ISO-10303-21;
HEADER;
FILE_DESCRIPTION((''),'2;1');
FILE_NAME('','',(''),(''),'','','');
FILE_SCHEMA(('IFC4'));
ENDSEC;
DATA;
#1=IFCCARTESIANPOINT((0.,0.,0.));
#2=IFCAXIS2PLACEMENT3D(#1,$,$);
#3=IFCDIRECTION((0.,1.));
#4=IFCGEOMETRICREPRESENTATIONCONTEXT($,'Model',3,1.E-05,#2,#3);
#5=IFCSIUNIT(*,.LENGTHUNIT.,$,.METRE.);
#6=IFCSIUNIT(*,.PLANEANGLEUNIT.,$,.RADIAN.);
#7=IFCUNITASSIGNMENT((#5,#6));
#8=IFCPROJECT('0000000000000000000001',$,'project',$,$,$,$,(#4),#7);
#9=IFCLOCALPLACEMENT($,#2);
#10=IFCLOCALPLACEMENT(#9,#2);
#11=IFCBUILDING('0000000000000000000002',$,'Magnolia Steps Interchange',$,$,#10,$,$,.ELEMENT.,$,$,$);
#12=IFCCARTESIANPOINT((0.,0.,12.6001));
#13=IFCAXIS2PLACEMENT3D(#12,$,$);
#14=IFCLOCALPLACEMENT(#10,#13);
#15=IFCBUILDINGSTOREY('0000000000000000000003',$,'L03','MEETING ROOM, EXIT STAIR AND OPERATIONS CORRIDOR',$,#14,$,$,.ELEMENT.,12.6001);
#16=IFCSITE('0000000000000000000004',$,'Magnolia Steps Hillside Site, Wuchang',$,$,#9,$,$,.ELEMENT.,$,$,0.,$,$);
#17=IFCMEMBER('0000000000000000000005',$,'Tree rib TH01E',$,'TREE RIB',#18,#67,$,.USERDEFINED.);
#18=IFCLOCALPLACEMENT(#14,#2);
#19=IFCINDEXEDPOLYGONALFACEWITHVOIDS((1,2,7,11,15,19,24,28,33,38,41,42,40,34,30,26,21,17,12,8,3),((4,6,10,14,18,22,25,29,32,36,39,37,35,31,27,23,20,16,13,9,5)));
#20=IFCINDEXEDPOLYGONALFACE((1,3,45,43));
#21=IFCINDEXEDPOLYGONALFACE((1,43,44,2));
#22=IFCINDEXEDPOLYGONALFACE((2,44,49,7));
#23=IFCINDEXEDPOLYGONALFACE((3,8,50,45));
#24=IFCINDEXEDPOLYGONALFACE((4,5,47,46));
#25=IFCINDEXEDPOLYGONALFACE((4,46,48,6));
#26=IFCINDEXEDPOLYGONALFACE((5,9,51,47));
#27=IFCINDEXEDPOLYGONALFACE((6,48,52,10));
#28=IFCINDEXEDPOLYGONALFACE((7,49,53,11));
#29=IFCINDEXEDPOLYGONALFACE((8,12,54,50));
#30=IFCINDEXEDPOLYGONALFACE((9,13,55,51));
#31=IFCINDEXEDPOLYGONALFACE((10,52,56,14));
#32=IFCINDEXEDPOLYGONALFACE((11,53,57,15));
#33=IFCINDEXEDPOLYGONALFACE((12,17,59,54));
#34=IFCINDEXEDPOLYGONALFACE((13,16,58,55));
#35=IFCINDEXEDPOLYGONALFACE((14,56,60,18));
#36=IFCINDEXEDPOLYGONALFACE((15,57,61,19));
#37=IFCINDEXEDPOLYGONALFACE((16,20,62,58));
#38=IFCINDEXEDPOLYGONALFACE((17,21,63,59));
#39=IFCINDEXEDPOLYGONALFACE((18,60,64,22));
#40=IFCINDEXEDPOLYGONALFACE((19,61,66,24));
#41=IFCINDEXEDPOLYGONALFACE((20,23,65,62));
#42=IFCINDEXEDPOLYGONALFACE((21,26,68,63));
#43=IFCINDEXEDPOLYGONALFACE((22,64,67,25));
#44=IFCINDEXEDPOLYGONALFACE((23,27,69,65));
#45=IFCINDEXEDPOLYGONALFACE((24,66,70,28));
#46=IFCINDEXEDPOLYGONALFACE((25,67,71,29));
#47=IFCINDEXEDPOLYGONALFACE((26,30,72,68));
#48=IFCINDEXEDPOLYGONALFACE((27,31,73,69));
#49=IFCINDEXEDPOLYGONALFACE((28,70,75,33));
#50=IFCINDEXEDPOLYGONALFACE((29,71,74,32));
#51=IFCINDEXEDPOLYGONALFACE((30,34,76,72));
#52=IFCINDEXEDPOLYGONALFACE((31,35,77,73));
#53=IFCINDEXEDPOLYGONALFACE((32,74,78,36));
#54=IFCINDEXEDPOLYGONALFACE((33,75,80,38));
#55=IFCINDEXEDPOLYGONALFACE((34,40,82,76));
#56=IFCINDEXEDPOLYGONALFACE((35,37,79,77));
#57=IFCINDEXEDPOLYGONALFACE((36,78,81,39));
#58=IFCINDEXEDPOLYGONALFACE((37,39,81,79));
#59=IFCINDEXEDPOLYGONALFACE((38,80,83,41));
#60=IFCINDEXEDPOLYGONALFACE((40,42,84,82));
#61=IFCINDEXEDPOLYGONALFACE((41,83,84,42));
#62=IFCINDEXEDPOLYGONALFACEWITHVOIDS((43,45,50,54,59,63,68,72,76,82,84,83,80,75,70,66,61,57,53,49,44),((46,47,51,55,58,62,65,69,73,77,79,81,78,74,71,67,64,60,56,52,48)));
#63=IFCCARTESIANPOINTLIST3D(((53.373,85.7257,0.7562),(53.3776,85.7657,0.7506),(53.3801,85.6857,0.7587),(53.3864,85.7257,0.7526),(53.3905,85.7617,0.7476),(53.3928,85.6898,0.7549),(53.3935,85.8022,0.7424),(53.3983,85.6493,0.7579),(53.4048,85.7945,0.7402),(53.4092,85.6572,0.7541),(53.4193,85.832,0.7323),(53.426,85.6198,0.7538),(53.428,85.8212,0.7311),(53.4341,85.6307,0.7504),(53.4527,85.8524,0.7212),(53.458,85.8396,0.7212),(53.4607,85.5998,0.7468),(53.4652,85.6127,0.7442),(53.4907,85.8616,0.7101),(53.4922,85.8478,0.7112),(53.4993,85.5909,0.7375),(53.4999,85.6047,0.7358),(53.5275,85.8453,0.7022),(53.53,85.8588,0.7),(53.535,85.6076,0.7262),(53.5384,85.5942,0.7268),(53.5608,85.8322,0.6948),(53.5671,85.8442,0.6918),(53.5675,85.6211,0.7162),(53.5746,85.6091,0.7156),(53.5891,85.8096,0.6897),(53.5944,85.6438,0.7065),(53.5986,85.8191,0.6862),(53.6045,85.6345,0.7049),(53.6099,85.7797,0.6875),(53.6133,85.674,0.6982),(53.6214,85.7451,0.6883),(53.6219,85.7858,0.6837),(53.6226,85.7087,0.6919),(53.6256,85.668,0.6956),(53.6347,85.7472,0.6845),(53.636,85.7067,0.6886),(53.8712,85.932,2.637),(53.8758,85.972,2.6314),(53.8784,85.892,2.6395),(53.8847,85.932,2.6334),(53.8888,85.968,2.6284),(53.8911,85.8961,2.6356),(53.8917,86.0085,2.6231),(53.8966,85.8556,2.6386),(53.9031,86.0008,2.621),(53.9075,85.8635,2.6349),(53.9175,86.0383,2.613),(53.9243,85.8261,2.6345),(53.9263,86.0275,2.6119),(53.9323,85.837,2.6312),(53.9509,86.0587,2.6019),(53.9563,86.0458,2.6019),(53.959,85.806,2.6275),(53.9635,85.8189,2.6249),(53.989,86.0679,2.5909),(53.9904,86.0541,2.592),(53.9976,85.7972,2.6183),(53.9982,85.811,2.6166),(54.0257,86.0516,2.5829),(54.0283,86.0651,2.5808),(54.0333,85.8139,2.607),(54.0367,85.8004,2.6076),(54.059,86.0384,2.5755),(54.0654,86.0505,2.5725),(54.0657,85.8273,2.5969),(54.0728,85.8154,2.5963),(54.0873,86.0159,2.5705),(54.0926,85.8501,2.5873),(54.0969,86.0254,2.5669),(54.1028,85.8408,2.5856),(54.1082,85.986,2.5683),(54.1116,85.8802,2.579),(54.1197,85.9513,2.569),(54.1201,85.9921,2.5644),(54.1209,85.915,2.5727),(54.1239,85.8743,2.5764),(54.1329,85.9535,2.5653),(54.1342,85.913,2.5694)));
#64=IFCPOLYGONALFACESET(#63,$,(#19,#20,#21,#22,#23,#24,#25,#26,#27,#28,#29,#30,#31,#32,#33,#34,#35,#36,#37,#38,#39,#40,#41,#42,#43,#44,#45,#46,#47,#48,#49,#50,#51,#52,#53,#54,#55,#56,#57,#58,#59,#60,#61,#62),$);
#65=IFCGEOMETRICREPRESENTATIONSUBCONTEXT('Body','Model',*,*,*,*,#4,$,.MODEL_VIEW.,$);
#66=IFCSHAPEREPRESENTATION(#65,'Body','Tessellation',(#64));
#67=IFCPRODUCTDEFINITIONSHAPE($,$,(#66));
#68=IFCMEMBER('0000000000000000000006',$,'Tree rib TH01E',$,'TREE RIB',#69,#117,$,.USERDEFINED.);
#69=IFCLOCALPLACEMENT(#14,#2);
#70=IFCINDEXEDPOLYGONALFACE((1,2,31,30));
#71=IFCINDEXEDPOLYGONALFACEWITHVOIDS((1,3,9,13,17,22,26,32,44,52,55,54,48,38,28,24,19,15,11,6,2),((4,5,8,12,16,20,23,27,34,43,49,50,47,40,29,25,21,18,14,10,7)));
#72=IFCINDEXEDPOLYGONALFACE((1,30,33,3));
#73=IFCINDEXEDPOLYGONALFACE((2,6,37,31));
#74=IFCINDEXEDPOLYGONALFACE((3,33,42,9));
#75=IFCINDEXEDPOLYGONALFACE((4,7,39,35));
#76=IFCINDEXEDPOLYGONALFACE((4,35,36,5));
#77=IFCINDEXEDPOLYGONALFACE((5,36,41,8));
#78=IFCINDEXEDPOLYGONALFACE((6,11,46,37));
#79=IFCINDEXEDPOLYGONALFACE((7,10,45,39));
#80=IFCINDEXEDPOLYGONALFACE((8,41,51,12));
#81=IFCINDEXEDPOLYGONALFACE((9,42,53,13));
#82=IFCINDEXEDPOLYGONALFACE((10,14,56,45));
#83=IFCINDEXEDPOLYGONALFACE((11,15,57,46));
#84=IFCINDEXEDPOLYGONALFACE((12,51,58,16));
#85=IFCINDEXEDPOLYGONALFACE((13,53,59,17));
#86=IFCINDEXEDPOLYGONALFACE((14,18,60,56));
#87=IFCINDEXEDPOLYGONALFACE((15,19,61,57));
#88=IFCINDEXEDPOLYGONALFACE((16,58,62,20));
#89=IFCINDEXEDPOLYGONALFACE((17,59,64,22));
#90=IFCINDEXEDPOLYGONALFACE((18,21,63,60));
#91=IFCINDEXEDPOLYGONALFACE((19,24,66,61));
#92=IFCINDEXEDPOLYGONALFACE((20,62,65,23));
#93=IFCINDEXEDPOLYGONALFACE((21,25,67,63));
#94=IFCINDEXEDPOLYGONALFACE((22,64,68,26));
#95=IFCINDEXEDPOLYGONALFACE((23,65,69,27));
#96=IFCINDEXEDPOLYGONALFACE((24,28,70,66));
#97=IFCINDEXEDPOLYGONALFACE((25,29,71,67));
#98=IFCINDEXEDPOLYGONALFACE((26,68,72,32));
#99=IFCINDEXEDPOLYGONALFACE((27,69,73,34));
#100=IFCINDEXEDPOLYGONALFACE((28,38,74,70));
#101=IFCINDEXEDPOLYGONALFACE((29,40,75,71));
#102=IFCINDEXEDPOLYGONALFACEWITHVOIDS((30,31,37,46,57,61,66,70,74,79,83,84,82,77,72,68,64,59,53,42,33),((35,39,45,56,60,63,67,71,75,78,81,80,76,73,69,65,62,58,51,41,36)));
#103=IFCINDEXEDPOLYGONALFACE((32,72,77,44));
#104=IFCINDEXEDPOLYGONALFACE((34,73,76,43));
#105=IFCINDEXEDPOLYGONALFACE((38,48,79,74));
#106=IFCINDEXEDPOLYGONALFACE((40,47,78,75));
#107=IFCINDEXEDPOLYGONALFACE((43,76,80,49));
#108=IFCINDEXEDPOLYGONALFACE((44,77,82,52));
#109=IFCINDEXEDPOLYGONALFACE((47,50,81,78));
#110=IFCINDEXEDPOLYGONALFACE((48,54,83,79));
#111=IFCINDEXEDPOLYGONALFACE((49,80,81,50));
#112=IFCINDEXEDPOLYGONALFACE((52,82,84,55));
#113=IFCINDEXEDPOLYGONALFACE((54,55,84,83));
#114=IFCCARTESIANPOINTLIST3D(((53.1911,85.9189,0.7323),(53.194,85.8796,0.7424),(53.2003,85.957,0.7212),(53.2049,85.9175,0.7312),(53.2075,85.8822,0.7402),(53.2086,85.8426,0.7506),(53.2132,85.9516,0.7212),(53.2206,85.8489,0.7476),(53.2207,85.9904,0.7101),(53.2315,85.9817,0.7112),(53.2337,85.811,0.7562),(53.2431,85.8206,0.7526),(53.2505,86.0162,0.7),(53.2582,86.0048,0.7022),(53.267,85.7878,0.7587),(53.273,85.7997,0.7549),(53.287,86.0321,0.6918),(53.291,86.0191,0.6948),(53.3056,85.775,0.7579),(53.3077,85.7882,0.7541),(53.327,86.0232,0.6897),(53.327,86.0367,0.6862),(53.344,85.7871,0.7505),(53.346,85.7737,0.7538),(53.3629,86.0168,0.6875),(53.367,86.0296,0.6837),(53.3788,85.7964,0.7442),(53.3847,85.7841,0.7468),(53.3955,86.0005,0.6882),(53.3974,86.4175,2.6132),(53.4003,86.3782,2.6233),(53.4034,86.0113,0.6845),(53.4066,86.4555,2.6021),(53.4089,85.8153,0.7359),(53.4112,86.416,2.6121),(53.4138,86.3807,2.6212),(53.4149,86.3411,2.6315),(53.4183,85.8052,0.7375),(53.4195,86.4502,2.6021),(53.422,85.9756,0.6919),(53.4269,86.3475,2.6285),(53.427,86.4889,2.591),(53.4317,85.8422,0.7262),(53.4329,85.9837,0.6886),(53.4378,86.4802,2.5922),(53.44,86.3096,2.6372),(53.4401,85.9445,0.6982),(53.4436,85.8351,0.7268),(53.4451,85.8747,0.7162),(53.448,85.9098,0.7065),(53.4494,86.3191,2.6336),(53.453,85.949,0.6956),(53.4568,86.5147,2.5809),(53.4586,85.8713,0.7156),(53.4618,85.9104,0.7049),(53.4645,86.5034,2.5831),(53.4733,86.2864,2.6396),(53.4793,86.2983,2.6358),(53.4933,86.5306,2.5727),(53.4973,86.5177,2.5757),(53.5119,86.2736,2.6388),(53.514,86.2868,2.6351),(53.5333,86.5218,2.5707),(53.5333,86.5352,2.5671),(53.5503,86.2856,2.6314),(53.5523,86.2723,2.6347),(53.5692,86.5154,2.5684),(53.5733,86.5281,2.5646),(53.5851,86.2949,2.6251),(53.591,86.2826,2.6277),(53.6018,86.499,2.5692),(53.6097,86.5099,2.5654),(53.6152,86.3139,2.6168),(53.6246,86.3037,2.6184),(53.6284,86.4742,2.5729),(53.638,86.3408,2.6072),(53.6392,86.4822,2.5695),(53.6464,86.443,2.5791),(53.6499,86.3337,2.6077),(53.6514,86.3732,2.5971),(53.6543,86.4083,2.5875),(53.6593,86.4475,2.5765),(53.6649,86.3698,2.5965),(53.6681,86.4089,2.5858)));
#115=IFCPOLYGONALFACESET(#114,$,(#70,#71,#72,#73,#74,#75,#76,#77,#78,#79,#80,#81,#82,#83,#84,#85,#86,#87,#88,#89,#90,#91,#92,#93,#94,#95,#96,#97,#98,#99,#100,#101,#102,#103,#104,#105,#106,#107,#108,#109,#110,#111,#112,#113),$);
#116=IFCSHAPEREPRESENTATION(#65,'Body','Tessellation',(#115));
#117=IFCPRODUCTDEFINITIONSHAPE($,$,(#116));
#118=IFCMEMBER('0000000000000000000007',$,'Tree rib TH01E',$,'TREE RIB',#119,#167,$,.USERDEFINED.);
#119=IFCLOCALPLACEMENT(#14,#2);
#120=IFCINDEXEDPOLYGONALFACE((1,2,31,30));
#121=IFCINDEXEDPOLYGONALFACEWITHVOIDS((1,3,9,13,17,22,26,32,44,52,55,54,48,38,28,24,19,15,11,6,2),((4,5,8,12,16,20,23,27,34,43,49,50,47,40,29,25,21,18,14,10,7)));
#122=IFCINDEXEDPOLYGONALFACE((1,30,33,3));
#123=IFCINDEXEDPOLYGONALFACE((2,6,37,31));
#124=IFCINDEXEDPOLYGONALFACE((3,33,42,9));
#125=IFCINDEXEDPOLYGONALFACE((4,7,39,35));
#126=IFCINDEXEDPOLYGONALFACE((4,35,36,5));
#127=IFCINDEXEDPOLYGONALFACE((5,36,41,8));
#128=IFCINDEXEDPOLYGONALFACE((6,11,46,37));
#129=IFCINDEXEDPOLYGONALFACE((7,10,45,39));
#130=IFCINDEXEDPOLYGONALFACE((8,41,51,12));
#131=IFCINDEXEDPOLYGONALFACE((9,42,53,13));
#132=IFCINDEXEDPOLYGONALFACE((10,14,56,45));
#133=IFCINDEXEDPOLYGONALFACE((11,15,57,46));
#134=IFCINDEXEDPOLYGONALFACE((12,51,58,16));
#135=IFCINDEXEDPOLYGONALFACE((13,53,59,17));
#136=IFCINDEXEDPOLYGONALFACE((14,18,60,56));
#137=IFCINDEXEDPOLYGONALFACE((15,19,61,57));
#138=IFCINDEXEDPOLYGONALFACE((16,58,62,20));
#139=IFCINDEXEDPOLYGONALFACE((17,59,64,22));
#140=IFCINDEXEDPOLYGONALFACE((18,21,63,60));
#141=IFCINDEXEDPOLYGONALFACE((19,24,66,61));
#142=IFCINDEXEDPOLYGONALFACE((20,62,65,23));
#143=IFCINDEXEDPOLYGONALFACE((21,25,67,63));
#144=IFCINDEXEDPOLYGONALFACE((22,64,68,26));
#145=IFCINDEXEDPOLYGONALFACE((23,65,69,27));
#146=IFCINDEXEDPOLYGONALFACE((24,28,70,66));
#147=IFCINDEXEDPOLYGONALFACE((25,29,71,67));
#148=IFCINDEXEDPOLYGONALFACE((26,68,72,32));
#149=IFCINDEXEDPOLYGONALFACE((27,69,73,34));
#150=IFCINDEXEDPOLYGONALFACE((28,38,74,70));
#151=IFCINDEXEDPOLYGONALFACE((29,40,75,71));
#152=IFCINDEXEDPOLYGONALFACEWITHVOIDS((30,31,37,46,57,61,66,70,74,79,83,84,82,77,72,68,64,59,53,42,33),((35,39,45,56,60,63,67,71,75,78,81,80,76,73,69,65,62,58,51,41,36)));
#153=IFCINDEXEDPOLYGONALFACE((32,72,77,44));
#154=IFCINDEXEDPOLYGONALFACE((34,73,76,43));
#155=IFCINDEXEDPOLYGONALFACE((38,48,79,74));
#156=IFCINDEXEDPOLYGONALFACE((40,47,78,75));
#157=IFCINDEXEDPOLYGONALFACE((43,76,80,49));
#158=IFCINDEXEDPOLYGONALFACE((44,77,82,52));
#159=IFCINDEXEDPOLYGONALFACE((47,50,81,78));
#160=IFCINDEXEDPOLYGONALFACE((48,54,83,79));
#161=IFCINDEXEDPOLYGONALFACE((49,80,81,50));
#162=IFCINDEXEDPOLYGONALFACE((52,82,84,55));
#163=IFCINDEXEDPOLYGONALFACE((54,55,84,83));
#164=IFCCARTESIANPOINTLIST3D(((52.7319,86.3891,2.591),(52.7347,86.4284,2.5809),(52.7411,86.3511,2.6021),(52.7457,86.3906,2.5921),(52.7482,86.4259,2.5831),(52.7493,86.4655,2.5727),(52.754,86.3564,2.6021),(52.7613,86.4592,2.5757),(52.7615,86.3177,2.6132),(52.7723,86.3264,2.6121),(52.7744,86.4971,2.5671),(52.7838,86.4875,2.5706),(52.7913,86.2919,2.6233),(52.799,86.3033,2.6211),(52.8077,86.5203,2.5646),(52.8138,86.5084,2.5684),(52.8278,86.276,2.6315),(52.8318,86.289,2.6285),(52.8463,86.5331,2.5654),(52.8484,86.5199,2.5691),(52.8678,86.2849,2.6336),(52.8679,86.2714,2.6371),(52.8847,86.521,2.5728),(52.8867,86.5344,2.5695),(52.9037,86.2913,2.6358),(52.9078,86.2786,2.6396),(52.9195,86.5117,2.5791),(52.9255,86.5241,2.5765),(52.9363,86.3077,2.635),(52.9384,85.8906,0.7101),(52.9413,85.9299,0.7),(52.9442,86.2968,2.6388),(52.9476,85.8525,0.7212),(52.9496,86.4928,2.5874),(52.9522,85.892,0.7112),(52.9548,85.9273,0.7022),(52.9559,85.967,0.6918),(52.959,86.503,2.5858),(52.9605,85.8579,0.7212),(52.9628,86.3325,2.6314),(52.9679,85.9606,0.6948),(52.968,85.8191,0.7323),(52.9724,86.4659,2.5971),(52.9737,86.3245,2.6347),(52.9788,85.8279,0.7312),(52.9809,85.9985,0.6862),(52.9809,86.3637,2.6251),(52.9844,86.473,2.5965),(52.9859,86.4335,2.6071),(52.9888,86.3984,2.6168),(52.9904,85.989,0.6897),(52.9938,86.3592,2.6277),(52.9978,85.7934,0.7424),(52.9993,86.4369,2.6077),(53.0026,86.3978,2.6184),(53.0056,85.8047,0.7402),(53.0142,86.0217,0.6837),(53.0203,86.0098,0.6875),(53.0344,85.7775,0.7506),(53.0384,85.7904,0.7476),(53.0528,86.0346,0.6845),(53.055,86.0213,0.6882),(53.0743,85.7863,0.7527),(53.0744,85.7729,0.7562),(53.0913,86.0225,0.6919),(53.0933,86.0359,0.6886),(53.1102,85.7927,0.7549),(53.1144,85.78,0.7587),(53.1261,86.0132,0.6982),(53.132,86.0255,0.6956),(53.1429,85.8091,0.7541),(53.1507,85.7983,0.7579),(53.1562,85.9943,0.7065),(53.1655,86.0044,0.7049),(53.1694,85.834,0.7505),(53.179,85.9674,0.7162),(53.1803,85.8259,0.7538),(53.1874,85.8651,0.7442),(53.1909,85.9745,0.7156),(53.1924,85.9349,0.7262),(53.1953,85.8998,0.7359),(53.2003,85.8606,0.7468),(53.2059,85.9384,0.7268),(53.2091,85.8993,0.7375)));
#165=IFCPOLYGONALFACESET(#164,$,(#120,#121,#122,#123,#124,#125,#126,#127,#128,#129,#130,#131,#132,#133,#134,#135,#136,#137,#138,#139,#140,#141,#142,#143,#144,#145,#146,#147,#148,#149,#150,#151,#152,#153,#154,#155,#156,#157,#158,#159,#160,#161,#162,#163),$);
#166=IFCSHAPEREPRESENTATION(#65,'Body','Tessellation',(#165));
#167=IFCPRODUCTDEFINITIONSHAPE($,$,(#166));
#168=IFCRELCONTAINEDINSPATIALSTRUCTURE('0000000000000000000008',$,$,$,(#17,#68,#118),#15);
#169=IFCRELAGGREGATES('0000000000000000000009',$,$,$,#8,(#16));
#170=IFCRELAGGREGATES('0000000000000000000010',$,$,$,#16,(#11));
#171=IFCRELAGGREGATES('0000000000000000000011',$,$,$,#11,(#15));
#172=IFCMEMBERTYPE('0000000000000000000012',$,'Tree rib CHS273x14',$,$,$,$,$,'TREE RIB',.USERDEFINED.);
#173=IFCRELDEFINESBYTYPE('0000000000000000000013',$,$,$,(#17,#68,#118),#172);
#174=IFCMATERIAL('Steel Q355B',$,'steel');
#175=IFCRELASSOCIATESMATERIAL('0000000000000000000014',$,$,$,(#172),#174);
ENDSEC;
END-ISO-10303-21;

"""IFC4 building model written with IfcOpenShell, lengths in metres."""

from ifc_helpers import new_model, si_unit, direction, frame, origin, origin_2d, place, context, subcontext, project, spatial, hollow_circle, extrude, material, material_profile, profile_set, type_object, element, save


model = new_model("IFC4")

# Units and contexts
model_context = context("Model", 3, precision=1e-05, world=origin(), true_north=direction((0.0, 1.0)))
body_context = subcontext(model_context, "Body", "Model", "MODEL_VIEW")
ifc_project = project(units=[si_unit("LENGTHUNIT", "METRE"), si_unit("PLANEANGLEUNIT", "RADIAN")], contexts=[model_context])

# Site, building, storey
site_placement = place(None, origin())
site = spatial("IfcSite", under=ifc_project, at=site_placement, Name="Magnolia Steps Hillside Site, Wuchang", CompositionType="ELEMENT", RefElevation=0.0)
building_placement = place(site_placement, origin())
building = spatial("IfcBuilding", under=site, at=building_placement, Name="Magnolia Steps Interchange", CompositionType="ELEMENT")
storey_placement = place(building_placement, frame((0.0, 0.0, 12.6001)))
storey = spatial("IfcBuildingStorey", under=building, at=storey_placement, Name="L03", Description="MEETING ROOM, EXIT STAIR AND OPERATIONS CORRIDOR", CompositionType="ELEMENT", Elevation=12.6001)

# Members
ifc_material_1 = material(Name="Steel Q355B", Category="steel")
ifc_material_profile_1 = material_profile(ifc_material_1, hollow_circle(Radius=0.1365, WallThickness=0.0139, at=origin_2d()), Name="CHS273x14")
ifc_profile_set_1 = profile_set([ifc_material_profile_1], Name="Steel Q355B")
member_type_1 = type_object("IfcMemberType", Name="Tree rib CHS273x14", ElementType="TREE RIB", PredefinedType="USERDEFINED", material=ifc_profile_set_1)
member_1_placement = place(storey_placement, frame((53.5049, 85.7263, 0.7212), z_axis=(0.254665, 0.105435, 0.961264), x_axis=(-0.382525, 0.923945, 0.0)))
element("IfcMember", 1, at=member_1_placement, inside=storey, type_object=member_type_1, Name="Tree rib TH01E", ObjectType="TREE RIB", PredefinedType="USERDEFINED", context=body_context, shape_type="SweptSolid", body=[
    extrude(hollow_circle(Radius=0.1365, WallThickness=0.0139, at=origin_2d()), origin(), (0.0, 0.0, 1.0), 1.9565),
])
for number, where, z_axis, x_axis, name in (
    (2, (53.3264, 85.9048, 0.7212), (0.105431, 0.254782, 0.961234), (-0.924011, 0.382365, 0.0), "Tree rib TH01E"),
    (3, (53.0737, 85.9048, 0.7212), (-0.105555, 0.254779, 0.961221), (-0.923851, -0.382751, 0.0), "Tree rib TH01E"),
):
    element("IfcMember", number, at=place(storey_placement, frame(where, z_axis=z_axis, x_axis=x_axis)), inside=storey, type_object=member_type_1, Name=name, ObjectType="TREE RIB", PredefinedType="USERDEFINED", context=body_context, shape_type="SweptSolid", body=[
        extrude(hollow_circle(Radius=0.1365, WallThickness=0.0139, at=origin_2d()), origin(), (0.0, 0.0, 1.0), 1.9568),
    ])

save(model, "model.ifc")
